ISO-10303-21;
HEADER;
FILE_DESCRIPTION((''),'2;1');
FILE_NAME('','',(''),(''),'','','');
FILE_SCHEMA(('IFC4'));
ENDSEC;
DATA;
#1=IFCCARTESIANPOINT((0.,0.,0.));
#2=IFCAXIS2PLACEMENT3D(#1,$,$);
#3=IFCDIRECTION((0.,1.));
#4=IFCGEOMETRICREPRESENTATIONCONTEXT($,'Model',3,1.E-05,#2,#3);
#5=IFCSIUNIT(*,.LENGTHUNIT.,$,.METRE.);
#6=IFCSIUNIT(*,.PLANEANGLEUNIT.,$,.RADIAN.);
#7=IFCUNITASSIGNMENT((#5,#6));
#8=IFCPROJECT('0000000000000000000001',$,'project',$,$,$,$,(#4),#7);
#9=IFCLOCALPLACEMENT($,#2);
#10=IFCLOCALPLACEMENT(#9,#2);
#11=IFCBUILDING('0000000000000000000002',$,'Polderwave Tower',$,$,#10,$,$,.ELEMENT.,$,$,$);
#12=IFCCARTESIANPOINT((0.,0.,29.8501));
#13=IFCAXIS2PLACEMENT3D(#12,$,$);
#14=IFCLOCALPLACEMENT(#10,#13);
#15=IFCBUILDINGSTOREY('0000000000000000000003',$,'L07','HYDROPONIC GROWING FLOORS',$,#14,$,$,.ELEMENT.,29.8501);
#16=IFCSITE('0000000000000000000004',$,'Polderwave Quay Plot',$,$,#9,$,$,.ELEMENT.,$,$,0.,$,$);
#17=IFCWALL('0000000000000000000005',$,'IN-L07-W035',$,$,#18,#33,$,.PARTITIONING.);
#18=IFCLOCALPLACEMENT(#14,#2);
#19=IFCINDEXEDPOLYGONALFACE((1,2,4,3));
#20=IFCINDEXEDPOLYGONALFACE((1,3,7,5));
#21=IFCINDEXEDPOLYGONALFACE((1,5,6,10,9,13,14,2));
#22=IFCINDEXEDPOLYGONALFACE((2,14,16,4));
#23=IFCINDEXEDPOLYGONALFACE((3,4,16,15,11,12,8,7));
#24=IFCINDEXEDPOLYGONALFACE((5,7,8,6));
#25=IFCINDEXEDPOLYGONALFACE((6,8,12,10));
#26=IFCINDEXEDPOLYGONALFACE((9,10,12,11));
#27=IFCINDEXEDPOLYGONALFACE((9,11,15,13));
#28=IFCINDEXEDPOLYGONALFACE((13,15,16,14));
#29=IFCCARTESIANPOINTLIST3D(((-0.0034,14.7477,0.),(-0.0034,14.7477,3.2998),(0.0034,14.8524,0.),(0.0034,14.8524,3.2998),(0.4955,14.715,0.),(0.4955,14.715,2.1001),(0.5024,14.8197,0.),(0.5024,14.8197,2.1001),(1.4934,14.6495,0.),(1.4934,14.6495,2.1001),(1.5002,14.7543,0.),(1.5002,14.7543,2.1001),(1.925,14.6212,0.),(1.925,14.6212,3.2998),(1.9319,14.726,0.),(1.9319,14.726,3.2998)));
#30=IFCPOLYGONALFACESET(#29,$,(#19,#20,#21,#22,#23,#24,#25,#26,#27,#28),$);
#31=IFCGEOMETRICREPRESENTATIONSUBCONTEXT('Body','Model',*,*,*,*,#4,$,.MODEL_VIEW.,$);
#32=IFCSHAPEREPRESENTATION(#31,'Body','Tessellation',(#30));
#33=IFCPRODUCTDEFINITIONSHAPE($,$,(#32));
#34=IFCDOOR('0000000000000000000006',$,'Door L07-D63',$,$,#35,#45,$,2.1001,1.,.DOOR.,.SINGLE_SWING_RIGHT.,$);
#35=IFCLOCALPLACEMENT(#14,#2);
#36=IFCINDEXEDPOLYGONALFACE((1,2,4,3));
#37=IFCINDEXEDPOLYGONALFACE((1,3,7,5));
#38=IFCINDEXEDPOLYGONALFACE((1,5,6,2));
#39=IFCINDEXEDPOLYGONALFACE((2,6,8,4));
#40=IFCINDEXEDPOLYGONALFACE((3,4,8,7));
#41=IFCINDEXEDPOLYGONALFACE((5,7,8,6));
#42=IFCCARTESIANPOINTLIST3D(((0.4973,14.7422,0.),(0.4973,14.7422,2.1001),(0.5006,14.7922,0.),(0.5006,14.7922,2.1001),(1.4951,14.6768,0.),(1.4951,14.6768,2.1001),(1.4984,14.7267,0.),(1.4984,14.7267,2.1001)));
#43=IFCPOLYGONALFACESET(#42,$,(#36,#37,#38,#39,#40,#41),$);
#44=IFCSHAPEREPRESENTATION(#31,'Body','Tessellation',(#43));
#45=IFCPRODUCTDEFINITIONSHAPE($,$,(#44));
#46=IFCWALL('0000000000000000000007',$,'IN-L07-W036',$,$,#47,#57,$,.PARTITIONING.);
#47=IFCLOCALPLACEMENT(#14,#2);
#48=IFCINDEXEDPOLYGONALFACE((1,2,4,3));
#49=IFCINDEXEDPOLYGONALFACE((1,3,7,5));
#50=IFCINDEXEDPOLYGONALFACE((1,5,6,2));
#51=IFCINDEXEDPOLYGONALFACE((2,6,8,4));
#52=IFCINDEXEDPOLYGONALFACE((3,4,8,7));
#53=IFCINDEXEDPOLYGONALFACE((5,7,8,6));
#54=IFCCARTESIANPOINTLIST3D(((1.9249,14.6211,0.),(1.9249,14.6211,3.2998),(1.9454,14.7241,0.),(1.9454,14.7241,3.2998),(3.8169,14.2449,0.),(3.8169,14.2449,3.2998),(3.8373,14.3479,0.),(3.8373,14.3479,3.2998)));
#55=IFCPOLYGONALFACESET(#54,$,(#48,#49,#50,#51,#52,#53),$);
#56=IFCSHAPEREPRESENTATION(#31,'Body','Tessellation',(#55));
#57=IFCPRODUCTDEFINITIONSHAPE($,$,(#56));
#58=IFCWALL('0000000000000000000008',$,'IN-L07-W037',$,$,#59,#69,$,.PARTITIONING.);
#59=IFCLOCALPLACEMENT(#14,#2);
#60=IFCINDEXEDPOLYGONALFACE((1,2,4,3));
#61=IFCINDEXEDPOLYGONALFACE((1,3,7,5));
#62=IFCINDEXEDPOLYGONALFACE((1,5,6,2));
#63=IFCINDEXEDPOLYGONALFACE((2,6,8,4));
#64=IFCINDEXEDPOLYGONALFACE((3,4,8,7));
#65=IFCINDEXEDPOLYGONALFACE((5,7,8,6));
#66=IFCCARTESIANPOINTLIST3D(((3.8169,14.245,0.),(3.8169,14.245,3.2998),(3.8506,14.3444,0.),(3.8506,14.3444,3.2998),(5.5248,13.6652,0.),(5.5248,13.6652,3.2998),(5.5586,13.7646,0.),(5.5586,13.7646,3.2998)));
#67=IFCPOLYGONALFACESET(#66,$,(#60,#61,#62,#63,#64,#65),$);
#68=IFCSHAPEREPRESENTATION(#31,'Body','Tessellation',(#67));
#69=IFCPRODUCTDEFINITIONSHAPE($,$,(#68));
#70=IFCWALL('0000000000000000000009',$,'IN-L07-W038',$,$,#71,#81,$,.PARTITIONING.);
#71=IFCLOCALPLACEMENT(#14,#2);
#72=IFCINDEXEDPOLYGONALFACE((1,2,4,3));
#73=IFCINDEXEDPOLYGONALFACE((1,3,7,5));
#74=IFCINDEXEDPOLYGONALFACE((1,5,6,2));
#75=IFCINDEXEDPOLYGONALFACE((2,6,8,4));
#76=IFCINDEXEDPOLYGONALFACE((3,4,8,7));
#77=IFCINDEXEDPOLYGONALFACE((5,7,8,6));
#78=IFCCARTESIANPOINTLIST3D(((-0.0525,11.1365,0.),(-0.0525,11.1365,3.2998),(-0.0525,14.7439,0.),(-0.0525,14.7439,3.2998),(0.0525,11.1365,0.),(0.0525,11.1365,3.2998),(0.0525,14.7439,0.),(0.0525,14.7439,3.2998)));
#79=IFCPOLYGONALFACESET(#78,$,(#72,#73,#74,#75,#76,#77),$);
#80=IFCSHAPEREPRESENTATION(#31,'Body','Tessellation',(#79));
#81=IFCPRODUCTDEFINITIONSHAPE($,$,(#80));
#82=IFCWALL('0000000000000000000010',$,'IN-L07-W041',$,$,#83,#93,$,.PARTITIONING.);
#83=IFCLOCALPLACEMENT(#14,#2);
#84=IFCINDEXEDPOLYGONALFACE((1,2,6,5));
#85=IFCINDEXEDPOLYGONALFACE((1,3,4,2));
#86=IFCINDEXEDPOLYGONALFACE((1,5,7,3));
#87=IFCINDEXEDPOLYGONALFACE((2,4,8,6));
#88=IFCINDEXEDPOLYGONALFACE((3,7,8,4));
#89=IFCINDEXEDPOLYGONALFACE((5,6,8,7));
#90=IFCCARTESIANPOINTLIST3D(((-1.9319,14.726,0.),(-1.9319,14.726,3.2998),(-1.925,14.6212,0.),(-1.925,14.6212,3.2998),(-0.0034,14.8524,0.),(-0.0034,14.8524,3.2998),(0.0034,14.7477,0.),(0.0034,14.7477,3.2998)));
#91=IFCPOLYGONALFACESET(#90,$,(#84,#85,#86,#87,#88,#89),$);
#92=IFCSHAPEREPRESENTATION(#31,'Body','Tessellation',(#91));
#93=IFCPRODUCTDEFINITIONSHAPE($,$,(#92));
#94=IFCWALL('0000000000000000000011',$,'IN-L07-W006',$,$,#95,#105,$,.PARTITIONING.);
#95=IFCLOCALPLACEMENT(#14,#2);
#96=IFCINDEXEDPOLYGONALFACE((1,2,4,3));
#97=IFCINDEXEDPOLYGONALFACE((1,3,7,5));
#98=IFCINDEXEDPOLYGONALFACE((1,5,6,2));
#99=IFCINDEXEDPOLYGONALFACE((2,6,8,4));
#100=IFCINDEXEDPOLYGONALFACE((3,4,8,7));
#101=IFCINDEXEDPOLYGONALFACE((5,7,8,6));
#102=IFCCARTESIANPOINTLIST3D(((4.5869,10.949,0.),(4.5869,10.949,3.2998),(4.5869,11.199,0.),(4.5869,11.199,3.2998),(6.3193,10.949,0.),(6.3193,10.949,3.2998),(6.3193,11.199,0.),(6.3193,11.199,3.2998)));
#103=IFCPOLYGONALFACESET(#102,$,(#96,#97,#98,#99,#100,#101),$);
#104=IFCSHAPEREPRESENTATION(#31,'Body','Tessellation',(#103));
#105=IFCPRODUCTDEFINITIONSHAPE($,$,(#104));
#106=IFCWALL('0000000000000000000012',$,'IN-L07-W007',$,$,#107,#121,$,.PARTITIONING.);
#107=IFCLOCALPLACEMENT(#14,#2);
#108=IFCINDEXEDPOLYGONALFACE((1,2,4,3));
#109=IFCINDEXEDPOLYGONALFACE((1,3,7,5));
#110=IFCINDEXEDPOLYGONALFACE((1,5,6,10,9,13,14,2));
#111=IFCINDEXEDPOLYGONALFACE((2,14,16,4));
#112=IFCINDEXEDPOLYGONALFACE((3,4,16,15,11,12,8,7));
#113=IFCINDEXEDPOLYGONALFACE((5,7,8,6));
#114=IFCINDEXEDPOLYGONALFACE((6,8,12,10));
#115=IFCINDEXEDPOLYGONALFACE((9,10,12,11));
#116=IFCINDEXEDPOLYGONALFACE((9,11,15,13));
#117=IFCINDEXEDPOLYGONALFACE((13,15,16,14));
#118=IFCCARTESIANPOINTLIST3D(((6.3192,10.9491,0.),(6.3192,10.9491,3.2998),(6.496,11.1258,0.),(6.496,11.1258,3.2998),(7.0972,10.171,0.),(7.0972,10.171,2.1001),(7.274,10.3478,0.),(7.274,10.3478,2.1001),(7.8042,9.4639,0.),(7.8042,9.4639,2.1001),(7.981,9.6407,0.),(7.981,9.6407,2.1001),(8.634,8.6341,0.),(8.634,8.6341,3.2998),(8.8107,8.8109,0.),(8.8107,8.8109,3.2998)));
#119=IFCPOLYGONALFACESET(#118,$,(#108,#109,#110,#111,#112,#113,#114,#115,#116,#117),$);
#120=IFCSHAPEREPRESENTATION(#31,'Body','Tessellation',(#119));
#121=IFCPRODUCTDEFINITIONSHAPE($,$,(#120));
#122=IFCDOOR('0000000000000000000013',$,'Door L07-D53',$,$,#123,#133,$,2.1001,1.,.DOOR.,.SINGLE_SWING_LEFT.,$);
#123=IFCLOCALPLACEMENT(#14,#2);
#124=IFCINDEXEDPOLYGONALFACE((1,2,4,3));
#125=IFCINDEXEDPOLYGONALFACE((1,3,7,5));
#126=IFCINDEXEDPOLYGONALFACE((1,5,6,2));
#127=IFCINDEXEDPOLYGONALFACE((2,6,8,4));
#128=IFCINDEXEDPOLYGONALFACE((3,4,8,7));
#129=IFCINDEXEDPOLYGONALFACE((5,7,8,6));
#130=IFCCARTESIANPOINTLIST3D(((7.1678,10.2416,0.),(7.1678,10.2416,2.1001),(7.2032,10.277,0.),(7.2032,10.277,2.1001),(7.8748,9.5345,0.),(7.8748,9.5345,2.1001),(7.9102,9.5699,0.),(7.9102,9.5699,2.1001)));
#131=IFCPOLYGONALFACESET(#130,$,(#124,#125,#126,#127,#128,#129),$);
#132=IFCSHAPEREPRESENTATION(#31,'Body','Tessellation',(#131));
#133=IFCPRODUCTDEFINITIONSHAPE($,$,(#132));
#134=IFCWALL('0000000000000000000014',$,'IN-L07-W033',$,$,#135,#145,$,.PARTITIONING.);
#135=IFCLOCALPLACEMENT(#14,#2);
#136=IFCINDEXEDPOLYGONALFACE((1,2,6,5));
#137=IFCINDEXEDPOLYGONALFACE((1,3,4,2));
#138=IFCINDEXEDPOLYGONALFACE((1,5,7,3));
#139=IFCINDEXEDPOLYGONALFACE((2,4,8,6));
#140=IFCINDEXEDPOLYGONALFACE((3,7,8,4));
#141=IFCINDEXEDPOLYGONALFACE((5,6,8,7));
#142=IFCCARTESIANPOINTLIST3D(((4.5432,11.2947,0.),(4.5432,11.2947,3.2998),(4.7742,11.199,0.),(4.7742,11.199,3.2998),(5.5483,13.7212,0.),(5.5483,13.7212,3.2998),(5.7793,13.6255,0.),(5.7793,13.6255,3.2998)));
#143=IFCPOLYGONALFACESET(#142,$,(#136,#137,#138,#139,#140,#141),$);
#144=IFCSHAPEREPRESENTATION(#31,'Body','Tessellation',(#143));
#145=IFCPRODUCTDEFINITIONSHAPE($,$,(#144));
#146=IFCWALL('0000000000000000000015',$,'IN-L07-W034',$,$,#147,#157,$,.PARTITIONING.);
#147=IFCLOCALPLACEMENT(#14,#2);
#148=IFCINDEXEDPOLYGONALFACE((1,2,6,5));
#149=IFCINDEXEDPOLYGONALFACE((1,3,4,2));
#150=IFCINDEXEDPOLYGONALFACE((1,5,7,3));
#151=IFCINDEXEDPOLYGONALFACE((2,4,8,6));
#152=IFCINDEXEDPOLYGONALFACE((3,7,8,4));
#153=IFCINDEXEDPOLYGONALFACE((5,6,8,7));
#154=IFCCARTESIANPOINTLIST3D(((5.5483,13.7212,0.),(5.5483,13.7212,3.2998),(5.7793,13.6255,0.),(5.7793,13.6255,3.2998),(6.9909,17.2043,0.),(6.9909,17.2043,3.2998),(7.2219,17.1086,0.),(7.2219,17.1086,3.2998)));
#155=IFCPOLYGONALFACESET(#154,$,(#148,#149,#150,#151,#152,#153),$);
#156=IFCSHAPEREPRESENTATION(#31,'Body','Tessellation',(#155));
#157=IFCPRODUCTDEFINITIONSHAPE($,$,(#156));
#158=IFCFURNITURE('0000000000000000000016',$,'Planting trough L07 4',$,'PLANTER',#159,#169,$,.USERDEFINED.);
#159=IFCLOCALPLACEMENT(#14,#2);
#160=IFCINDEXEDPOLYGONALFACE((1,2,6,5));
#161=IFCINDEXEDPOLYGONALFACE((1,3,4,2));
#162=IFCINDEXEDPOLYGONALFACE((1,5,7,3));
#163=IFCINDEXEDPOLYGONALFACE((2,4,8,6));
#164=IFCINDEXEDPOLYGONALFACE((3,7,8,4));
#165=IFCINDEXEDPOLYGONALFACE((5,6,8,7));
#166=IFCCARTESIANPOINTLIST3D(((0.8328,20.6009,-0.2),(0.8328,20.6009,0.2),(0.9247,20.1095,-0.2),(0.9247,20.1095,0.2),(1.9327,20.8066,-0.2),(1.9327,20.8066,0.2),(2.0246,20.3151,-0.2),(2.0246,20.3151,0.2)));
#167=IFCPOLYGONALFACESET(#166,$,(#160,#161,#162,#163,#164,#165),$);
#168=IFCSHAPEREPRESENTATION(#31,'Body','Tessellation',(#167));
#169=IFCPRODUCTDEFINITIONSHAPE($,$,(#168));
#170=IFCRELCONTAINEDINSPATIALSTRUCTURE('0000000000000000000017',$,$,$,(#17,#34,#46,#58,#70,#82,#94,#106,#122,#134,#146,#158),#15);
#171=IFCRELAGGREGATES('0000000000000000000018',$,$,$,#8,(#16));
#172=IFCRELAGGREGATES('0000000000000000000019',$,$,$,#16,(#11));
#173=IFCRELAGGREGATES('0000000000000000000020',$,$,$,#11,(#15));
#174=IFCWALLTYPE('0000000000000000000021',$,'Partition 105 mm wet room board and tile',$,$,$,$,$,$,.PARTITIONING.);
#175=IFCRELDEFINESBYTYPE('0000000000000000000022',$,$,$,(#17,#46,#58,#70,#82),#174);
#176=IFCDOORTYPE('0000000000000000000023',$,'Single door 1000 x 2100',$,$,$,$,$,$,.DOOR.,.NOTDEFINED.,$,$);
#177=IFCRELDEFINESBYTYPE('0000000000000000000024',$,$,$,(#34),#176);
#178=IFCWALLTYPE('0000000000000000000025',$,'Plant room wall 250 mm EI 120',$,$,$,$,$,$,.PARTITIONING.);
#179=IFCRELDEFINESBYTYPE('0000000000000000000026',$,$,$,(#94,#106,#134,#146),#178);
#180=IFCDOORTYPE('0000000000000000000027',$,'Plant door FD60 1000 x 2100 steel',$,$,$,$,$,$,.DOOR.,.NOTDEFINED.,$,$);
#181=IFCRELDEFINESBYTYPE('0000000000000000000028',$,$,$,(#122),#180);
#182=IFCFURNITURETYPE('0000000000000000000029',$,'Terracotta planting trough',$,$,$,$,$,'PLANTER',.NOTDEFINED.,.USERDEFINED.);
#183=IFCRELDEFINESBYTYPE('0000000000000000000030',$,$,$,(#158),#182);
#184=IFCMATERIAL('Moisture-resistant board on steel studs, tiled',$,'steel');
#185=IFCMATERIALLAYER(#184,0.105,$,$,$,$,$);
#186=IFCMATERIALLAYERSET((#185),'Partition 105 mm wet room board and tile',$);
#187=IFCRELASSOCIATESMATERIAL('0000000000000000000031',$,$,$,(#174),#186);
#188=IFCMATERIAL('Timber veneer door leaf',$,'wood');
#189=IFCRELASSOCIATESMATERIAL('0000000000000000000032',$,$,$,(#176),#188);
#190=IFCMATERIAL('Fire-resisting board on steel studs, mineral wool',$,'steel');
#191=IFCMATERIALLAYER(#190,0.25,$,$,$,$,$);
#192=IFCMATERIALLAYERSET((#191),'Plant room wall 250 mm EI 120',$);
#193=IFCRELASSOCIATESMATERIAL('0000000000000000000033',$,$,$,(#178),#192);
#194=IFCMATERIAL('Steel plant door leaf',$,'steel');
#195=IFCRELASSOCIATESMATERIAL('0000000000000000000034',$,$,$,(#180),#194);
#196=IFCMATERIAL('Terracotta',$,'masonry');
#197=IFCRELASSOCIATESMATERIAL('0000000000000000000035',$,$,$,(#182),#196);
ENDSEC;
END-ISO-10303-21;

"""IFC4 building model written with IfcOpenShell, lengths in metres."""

from ifc_helpers import new_model, si_unit, direction, frame, frame_2d, origin, origin_2d, place, context, subcontext, project, spatial, rectangle, extrude, material, layer, layer_set, type_object, element, fill, save


model = new_model("IFC4")

# Units and contexts
model_context = context("Model", 3, precision=1e-05, world=origin(), true_north=direction((0.0, 1.0)))
body_context = subcontext(model_context, "Body", "Model", "MODEL_VIEW")
ifc_project = project(units=[si_unit("LENGTHUNIT", "METRE"), si_unit("PLANEANGLEUNIT", "RADIAN")], contexts=[model_context])

# Site, building, storey
site_placement = place(None, origin())
site = spatial("IfcSite", under=ifc_project, at=site_placement, Name="Polderwave Quay Plot", CompositionType="ELEMENT", RefElevation=0.0)
building_placement = place(site_placement, origin())
building = spatial("IfcBuilding", under=site, at=building_placement, Name="Polderwave Tower", CompositionType="ELEMENT")
storey_placement = place(building_placement, frame((0.0, 0.0, 29.8501)))
storey = spatial("IfcBuildingStorey", under=building, at=storey_placement, Name="L07", Description="HYDROPONIC GROWING FLOORS", CompositionType="ELEMENT", Elevation=29.8501)

# Wall, opening, door
ifc_material_1 = material(Name="Moisture-resistant board on steel studs, tiled", Category="steel")
ifc_layer_1 = layer(ifc_material_1, 0.105)
ifc_layer_set_1 = layer_set([ifc_layer_1], Name="Partition 105 mm wet room board and tile")
wall_type_1 = type_object("IfcWallType", Name="Partition 105 mm wet room board and tile", PredefinedType="PARTITIONING", material=ifc_layer_set_1)
wall_1_placement = place(storey_placement, frame((0.0, 14.8, 0.0), z_axis=(0.0, 0.0, 1.0), x_axis=(0.997857, -0.065437, 0.0)))
wall_1 = element("IfcWall", 1, at=wall_1_placement, inside=storey, type_object=wall_type_1, Name="IN-L07-W035", PredefinedType="PARTITIONING", context=body_context, shape_type="SweptSolid", body=[
    extrude(rectangle(XDim=1.9326, YDim=0.105, at=frame_2d((0.9663, 0.0))), origin(), (0.0, 0.0, 1.0), 3.2998),
])
opening_1_placement = place(wall_1_placement, frame((0.5, 0.0, 0.0)))
opening_1 = element("IfcOpeningElement", 2, at=opening_1_placement, cuts=wall_1, PredefinedType="OPENING", context=body_context, shape_type="SweptSolid", body=[
    extrude(rectangle(XDim=1.0, YDim=2.1001, at=frame_2d((0.5, 1.05))), frame((0.0, 0.0625, 0.0), z_axis=(0.0, -1.0, 0.0), x_axis=(1.0, 0.0, 0.0)), (0.0, 0.0, 1.0), 0.125),
])
ifc_material_2 = material(Name="Timber veneer door leaf", Category="wood")
door_type_1 = type_object("IfcDoorType", Name="Single door 1000 x 2100", OperationType="NOTDEFINED", PredefinedType="DOOR", material=ifc_material_2)
door_1_placement = place(opening_1_placement, origin())
door_1 = element("IfcDoor", 3, at=door_1_placement, inside=storey, type_object=door_type_1, Name="Door L07-D63", OperationType="SINGLE_SWING_RIGHT", OverallHeight=2.1001, OverallWidth=1.0, PredefinedType="DOOR", context=body_context, shape_type="SweptSolid", body=[
    extrude(rectangle(XDim=1.0, YDim=2.1001, at=frame_2d((0.5, 1.05))), frame((0.0, 0.0249, 0.0), z_axis=(0.0, -1.0, 0.0), x_axis=(1.0, 0.0, 0.0)), (0.0, 0.0, 1.0), 0.05),
])
fill(opening_1, door_1)

# Walls
wall_2_placement = place(storey_placement, frame((1.9353, 14.6726, 0.0), z_axis=(0.0, 0.0, 1.0), x_axis=(0.980794, -0.195045, 0.0)))
element("IfcWall", 4, at=wall_2_placement, inside=storey, type_object=wall_type_1, Name="IN-L07-W036", PredefinedType="PARTITIONING", context=body_context, shape_type="SweptSolid", body=[
    extrude(rectangle(XDim=1.929, YDim=0.105, at=frame_2d((0.9644, 0.0))), origin(), (0.0, 0.0, 1.0), 3.2998),
])
wall_3_placement = place(storey_placement, frame((3.8337, 14.2947, 0.0), z_axis=(0.0, 0.0, 1.0), x_axis=(0.946923, -0.321461, 0.0)))
element("IfcWall", 5, at=wall_3_placement, inside=storey, type_object=wall_type_1, Name="IN-L07-W037", PredefinedType="PARTITIONING", context=body_context, shape_type="SweptSolid", body=[
    extrude(rectangle(XDim=1.8037, YDim=0.105, at=frame_2d((0.9019, 0.0))), origin(), (0.0, 0.0, 1.0), 3.2998),
])
wall_4_placement = place(storey_placement, frame((0.0, 11.1365, 0.0), z_axis=(0.0, 0.0, 1.0), x_axis=(0.0, 1.0, 0.0)))
element("IfcWall", 6, at=wall_4_placement, inside=storey, type_object=wall_type_1, Name="IN-L07-W038", PredefinedType="PARTITIONING", context=body_context, shape_type="SweptSolid", body=[
    extrude(rectangle(XDim=3.6074, YDim=0.105, at=frame_2d((1.8037, 0.0))), origin(), (0.0, 0.0, 1.0), 3.2998),
])
wall_5_placement = place(storey_placement, frame((0.0, 14.8, 0.0), z_axis=(0.0, 0.0, 1.0), x_axis=(-0.997857, -0.065437, 0.0)))
element("IfcWall", 7, at=wall_5_placement, inside=storey, type_object=wall_type_1, Name="IN-L07-W041", PredefinedType="PARTITIONING", context=body_context, shape_type="SweptSolid", body=[
    extrude(rectangle(XDim=1.9326, YDim=0.105, at=frame_2d((0.9663, 0.0))), origin(), (0.0, 0.0, 1.0), 3.2998),
])
ifc_material_3 = material(Name="Fire-resisting board on steel studs, mineral wool", Category="steel")
ifc_layer_2 = layer(ifc_material_3, 0.25)
ifc_layer_set_2 = layer_set([ifc_layer_2], Name="Plant room wall 250 mm EI 120")
wall_type_2 = type_object("IfcWallType", Name="Plant room wall 250 mm EI 120", PredefinedType="PARTITIONING", material=ifc_layer_set_2)
wall_6_placement = place(storey_placement, frame((4.5869, 11.074, 0.0), z_axis=(0.0, 0.0, 1.0), x_axis=(1.0, 0.0, 0.0)))
element("IfcWall", 8, at=wall_6_placement, inside=storey, type_object=wall_type_2, Name="IN-L07-W006", PredefinedType="PARTITIONING", context=body_context, shape_type="SweptSolid", body=[
    extrude(rectangle(XDim=1.7324, YDim=0.25, at=frame_2d((0.8662, 0.0))), origin(), (0.0, 0.0, 1.0), 3.2998),
])

# Wall, opening, door
wall_7_placement = place(storey_placement, frame((6.4077, 11.0374, 0.0), z_axis=(0.0, 0.0, 1.0), x_axis=(0.707069, -0.707144, 0.0)))
wall_7 = element("IfcWall", 9, at=wall_7_placement, inside=storey, type_object=wall_type_2, Name="IN-L07-W007", PredefinedType="PARTITIONING", context=body_context, shape_type="SweptSolid", body=[
    extrude(rectangle(XDim=3.2737, YDim=0.25, at=frame_2d((1.6367, 0.0))), origin(), (0.0, 0.0, 1.0), 3.2998),
])
opening_2_placement = place(wall_7_placement, frame((1.1001, 0.0, 0.0)))
opening_2 = element("IfcOpeningElement", 10, at=opening_2_placement, cuts=wall_7, PredefinedType="OPENING", context=body_context, shape_type="SweptSolid", body=[
    extrude(rectangle(XDim=1.0, YDim=2.1001, at=frame_2d((0.5, 1.05))), frame((0.0, 0.135, 0.0), z_axis=(0.0, -1.0, 0.0), x_axis=(1.0, 0.0, 0.0)), (0.0, 0.0, 1.0), 0.27),
])
ifc_material_4 = material(Name="Steel plant door leaf", Category="steel")
door_type_2 = type_object("IfcDoorType", Name="Plant door FD60 1000 x 2100 steel", OperationType="NOTDEFINED", PredefinedType="DOOR", material=ifc_material_4)
door_2_placement = place(opening_2_placement, origin())
door_2 = element("IfcDoor", 11, at=door_2_placement, inside=storey, type_object=door_type_2, Name="Door L07-D53", OperationType="SINGLE_SWING_LEFT", OverallHeight=2.1001, OverallWidth=1.0, PredefinedType="DOOR", context=body_context, shape_type="SweptSolid", body=[
    extrude(rectangle(XDim=1.0, YDim=2.1001, at=frame_2d((0.5, 1.05))), frame((0.0, 0.0249, 0.0), z_axis=(0.0, -1.0, 0.0), x_axis=(1.0, 0.0, 0.0)), (0.0, 0.0, 1.0), 0.05),
])
fill(opening_2, door_2)

# Walls
wall_8_placement = place(storey_placement, frame((4.6587, 11.2468, 0.0), z_axis=(0.0, 0.0, 1.0), x_axis=(0.382694, 0.923875, 0.0)))
element("IfcWall", 12, at=wall_8_placement, inside=storey, type_object=wall_type_2, Name="IN-L07-W033", PredefinedType="PARTITIONING", context=body_context, shape_type="SweptSolid", body=[
    extrude(rectangle(XDim=2.6265, YDim=0.25, at=frame_2d((1.3132, 0.0))), origin(), (0.0, 0.0, 1.0), 3.2998),
])
wall_9_placement = place(storey_placement, frame((5.6638, 13.6733, 0.0), z_axis=(0.0, 0.0, 1.0), x_axis=(0.382651, 0.923893, 0.0)))
element("IfcWall", 13, at=wall_9_placement, inside=storey, type_object=wall_type_2, Name="IN-L07-W034", PredefinedType="PARTITIONING", context=body_context, shape_type="SweptSolid", body=[
    extrude(rectangle(XDim=3.77, YDim=0.25, at=frame_2d((1.885, 0.0))), origin(), (0.0, 0.0, 1.0), 3.2998),
])

# Furniture
ifc_material_5 = material(Name="Terracotta", Category="masonry")
furniture_type = type_object("IfcFurnitureType", Name="Terracotta planting trough", ElementType="PLANTER", AssemblyPlace="NOTDEFINED", PredefinedType="USERDEFINED", material=ifc_material_5)
furniture_placement = place(storey_placement, frame((1.4287, 20.458, -0.2), z_axis=(0.0, 0.0, 1.0), x_axis=(-0.98297, -0.183764, 0.0)))
element("IfcFurniture", 14, at=furniture_placement, inside=storey, type_object=furniture_type, Name="Planting trough L07 4", ObjectType="PLANTER", PredefinedType="USERDEFINED", context=body_context, shape_type="SweptSolid", body=[
    extrude(rectangle(XDim=1.1189, YDim=0.5, at=origin_2d()), origin(), (0.0, 0.0, 1.0), 0.3999),
])

save(model, "model.ifc")
